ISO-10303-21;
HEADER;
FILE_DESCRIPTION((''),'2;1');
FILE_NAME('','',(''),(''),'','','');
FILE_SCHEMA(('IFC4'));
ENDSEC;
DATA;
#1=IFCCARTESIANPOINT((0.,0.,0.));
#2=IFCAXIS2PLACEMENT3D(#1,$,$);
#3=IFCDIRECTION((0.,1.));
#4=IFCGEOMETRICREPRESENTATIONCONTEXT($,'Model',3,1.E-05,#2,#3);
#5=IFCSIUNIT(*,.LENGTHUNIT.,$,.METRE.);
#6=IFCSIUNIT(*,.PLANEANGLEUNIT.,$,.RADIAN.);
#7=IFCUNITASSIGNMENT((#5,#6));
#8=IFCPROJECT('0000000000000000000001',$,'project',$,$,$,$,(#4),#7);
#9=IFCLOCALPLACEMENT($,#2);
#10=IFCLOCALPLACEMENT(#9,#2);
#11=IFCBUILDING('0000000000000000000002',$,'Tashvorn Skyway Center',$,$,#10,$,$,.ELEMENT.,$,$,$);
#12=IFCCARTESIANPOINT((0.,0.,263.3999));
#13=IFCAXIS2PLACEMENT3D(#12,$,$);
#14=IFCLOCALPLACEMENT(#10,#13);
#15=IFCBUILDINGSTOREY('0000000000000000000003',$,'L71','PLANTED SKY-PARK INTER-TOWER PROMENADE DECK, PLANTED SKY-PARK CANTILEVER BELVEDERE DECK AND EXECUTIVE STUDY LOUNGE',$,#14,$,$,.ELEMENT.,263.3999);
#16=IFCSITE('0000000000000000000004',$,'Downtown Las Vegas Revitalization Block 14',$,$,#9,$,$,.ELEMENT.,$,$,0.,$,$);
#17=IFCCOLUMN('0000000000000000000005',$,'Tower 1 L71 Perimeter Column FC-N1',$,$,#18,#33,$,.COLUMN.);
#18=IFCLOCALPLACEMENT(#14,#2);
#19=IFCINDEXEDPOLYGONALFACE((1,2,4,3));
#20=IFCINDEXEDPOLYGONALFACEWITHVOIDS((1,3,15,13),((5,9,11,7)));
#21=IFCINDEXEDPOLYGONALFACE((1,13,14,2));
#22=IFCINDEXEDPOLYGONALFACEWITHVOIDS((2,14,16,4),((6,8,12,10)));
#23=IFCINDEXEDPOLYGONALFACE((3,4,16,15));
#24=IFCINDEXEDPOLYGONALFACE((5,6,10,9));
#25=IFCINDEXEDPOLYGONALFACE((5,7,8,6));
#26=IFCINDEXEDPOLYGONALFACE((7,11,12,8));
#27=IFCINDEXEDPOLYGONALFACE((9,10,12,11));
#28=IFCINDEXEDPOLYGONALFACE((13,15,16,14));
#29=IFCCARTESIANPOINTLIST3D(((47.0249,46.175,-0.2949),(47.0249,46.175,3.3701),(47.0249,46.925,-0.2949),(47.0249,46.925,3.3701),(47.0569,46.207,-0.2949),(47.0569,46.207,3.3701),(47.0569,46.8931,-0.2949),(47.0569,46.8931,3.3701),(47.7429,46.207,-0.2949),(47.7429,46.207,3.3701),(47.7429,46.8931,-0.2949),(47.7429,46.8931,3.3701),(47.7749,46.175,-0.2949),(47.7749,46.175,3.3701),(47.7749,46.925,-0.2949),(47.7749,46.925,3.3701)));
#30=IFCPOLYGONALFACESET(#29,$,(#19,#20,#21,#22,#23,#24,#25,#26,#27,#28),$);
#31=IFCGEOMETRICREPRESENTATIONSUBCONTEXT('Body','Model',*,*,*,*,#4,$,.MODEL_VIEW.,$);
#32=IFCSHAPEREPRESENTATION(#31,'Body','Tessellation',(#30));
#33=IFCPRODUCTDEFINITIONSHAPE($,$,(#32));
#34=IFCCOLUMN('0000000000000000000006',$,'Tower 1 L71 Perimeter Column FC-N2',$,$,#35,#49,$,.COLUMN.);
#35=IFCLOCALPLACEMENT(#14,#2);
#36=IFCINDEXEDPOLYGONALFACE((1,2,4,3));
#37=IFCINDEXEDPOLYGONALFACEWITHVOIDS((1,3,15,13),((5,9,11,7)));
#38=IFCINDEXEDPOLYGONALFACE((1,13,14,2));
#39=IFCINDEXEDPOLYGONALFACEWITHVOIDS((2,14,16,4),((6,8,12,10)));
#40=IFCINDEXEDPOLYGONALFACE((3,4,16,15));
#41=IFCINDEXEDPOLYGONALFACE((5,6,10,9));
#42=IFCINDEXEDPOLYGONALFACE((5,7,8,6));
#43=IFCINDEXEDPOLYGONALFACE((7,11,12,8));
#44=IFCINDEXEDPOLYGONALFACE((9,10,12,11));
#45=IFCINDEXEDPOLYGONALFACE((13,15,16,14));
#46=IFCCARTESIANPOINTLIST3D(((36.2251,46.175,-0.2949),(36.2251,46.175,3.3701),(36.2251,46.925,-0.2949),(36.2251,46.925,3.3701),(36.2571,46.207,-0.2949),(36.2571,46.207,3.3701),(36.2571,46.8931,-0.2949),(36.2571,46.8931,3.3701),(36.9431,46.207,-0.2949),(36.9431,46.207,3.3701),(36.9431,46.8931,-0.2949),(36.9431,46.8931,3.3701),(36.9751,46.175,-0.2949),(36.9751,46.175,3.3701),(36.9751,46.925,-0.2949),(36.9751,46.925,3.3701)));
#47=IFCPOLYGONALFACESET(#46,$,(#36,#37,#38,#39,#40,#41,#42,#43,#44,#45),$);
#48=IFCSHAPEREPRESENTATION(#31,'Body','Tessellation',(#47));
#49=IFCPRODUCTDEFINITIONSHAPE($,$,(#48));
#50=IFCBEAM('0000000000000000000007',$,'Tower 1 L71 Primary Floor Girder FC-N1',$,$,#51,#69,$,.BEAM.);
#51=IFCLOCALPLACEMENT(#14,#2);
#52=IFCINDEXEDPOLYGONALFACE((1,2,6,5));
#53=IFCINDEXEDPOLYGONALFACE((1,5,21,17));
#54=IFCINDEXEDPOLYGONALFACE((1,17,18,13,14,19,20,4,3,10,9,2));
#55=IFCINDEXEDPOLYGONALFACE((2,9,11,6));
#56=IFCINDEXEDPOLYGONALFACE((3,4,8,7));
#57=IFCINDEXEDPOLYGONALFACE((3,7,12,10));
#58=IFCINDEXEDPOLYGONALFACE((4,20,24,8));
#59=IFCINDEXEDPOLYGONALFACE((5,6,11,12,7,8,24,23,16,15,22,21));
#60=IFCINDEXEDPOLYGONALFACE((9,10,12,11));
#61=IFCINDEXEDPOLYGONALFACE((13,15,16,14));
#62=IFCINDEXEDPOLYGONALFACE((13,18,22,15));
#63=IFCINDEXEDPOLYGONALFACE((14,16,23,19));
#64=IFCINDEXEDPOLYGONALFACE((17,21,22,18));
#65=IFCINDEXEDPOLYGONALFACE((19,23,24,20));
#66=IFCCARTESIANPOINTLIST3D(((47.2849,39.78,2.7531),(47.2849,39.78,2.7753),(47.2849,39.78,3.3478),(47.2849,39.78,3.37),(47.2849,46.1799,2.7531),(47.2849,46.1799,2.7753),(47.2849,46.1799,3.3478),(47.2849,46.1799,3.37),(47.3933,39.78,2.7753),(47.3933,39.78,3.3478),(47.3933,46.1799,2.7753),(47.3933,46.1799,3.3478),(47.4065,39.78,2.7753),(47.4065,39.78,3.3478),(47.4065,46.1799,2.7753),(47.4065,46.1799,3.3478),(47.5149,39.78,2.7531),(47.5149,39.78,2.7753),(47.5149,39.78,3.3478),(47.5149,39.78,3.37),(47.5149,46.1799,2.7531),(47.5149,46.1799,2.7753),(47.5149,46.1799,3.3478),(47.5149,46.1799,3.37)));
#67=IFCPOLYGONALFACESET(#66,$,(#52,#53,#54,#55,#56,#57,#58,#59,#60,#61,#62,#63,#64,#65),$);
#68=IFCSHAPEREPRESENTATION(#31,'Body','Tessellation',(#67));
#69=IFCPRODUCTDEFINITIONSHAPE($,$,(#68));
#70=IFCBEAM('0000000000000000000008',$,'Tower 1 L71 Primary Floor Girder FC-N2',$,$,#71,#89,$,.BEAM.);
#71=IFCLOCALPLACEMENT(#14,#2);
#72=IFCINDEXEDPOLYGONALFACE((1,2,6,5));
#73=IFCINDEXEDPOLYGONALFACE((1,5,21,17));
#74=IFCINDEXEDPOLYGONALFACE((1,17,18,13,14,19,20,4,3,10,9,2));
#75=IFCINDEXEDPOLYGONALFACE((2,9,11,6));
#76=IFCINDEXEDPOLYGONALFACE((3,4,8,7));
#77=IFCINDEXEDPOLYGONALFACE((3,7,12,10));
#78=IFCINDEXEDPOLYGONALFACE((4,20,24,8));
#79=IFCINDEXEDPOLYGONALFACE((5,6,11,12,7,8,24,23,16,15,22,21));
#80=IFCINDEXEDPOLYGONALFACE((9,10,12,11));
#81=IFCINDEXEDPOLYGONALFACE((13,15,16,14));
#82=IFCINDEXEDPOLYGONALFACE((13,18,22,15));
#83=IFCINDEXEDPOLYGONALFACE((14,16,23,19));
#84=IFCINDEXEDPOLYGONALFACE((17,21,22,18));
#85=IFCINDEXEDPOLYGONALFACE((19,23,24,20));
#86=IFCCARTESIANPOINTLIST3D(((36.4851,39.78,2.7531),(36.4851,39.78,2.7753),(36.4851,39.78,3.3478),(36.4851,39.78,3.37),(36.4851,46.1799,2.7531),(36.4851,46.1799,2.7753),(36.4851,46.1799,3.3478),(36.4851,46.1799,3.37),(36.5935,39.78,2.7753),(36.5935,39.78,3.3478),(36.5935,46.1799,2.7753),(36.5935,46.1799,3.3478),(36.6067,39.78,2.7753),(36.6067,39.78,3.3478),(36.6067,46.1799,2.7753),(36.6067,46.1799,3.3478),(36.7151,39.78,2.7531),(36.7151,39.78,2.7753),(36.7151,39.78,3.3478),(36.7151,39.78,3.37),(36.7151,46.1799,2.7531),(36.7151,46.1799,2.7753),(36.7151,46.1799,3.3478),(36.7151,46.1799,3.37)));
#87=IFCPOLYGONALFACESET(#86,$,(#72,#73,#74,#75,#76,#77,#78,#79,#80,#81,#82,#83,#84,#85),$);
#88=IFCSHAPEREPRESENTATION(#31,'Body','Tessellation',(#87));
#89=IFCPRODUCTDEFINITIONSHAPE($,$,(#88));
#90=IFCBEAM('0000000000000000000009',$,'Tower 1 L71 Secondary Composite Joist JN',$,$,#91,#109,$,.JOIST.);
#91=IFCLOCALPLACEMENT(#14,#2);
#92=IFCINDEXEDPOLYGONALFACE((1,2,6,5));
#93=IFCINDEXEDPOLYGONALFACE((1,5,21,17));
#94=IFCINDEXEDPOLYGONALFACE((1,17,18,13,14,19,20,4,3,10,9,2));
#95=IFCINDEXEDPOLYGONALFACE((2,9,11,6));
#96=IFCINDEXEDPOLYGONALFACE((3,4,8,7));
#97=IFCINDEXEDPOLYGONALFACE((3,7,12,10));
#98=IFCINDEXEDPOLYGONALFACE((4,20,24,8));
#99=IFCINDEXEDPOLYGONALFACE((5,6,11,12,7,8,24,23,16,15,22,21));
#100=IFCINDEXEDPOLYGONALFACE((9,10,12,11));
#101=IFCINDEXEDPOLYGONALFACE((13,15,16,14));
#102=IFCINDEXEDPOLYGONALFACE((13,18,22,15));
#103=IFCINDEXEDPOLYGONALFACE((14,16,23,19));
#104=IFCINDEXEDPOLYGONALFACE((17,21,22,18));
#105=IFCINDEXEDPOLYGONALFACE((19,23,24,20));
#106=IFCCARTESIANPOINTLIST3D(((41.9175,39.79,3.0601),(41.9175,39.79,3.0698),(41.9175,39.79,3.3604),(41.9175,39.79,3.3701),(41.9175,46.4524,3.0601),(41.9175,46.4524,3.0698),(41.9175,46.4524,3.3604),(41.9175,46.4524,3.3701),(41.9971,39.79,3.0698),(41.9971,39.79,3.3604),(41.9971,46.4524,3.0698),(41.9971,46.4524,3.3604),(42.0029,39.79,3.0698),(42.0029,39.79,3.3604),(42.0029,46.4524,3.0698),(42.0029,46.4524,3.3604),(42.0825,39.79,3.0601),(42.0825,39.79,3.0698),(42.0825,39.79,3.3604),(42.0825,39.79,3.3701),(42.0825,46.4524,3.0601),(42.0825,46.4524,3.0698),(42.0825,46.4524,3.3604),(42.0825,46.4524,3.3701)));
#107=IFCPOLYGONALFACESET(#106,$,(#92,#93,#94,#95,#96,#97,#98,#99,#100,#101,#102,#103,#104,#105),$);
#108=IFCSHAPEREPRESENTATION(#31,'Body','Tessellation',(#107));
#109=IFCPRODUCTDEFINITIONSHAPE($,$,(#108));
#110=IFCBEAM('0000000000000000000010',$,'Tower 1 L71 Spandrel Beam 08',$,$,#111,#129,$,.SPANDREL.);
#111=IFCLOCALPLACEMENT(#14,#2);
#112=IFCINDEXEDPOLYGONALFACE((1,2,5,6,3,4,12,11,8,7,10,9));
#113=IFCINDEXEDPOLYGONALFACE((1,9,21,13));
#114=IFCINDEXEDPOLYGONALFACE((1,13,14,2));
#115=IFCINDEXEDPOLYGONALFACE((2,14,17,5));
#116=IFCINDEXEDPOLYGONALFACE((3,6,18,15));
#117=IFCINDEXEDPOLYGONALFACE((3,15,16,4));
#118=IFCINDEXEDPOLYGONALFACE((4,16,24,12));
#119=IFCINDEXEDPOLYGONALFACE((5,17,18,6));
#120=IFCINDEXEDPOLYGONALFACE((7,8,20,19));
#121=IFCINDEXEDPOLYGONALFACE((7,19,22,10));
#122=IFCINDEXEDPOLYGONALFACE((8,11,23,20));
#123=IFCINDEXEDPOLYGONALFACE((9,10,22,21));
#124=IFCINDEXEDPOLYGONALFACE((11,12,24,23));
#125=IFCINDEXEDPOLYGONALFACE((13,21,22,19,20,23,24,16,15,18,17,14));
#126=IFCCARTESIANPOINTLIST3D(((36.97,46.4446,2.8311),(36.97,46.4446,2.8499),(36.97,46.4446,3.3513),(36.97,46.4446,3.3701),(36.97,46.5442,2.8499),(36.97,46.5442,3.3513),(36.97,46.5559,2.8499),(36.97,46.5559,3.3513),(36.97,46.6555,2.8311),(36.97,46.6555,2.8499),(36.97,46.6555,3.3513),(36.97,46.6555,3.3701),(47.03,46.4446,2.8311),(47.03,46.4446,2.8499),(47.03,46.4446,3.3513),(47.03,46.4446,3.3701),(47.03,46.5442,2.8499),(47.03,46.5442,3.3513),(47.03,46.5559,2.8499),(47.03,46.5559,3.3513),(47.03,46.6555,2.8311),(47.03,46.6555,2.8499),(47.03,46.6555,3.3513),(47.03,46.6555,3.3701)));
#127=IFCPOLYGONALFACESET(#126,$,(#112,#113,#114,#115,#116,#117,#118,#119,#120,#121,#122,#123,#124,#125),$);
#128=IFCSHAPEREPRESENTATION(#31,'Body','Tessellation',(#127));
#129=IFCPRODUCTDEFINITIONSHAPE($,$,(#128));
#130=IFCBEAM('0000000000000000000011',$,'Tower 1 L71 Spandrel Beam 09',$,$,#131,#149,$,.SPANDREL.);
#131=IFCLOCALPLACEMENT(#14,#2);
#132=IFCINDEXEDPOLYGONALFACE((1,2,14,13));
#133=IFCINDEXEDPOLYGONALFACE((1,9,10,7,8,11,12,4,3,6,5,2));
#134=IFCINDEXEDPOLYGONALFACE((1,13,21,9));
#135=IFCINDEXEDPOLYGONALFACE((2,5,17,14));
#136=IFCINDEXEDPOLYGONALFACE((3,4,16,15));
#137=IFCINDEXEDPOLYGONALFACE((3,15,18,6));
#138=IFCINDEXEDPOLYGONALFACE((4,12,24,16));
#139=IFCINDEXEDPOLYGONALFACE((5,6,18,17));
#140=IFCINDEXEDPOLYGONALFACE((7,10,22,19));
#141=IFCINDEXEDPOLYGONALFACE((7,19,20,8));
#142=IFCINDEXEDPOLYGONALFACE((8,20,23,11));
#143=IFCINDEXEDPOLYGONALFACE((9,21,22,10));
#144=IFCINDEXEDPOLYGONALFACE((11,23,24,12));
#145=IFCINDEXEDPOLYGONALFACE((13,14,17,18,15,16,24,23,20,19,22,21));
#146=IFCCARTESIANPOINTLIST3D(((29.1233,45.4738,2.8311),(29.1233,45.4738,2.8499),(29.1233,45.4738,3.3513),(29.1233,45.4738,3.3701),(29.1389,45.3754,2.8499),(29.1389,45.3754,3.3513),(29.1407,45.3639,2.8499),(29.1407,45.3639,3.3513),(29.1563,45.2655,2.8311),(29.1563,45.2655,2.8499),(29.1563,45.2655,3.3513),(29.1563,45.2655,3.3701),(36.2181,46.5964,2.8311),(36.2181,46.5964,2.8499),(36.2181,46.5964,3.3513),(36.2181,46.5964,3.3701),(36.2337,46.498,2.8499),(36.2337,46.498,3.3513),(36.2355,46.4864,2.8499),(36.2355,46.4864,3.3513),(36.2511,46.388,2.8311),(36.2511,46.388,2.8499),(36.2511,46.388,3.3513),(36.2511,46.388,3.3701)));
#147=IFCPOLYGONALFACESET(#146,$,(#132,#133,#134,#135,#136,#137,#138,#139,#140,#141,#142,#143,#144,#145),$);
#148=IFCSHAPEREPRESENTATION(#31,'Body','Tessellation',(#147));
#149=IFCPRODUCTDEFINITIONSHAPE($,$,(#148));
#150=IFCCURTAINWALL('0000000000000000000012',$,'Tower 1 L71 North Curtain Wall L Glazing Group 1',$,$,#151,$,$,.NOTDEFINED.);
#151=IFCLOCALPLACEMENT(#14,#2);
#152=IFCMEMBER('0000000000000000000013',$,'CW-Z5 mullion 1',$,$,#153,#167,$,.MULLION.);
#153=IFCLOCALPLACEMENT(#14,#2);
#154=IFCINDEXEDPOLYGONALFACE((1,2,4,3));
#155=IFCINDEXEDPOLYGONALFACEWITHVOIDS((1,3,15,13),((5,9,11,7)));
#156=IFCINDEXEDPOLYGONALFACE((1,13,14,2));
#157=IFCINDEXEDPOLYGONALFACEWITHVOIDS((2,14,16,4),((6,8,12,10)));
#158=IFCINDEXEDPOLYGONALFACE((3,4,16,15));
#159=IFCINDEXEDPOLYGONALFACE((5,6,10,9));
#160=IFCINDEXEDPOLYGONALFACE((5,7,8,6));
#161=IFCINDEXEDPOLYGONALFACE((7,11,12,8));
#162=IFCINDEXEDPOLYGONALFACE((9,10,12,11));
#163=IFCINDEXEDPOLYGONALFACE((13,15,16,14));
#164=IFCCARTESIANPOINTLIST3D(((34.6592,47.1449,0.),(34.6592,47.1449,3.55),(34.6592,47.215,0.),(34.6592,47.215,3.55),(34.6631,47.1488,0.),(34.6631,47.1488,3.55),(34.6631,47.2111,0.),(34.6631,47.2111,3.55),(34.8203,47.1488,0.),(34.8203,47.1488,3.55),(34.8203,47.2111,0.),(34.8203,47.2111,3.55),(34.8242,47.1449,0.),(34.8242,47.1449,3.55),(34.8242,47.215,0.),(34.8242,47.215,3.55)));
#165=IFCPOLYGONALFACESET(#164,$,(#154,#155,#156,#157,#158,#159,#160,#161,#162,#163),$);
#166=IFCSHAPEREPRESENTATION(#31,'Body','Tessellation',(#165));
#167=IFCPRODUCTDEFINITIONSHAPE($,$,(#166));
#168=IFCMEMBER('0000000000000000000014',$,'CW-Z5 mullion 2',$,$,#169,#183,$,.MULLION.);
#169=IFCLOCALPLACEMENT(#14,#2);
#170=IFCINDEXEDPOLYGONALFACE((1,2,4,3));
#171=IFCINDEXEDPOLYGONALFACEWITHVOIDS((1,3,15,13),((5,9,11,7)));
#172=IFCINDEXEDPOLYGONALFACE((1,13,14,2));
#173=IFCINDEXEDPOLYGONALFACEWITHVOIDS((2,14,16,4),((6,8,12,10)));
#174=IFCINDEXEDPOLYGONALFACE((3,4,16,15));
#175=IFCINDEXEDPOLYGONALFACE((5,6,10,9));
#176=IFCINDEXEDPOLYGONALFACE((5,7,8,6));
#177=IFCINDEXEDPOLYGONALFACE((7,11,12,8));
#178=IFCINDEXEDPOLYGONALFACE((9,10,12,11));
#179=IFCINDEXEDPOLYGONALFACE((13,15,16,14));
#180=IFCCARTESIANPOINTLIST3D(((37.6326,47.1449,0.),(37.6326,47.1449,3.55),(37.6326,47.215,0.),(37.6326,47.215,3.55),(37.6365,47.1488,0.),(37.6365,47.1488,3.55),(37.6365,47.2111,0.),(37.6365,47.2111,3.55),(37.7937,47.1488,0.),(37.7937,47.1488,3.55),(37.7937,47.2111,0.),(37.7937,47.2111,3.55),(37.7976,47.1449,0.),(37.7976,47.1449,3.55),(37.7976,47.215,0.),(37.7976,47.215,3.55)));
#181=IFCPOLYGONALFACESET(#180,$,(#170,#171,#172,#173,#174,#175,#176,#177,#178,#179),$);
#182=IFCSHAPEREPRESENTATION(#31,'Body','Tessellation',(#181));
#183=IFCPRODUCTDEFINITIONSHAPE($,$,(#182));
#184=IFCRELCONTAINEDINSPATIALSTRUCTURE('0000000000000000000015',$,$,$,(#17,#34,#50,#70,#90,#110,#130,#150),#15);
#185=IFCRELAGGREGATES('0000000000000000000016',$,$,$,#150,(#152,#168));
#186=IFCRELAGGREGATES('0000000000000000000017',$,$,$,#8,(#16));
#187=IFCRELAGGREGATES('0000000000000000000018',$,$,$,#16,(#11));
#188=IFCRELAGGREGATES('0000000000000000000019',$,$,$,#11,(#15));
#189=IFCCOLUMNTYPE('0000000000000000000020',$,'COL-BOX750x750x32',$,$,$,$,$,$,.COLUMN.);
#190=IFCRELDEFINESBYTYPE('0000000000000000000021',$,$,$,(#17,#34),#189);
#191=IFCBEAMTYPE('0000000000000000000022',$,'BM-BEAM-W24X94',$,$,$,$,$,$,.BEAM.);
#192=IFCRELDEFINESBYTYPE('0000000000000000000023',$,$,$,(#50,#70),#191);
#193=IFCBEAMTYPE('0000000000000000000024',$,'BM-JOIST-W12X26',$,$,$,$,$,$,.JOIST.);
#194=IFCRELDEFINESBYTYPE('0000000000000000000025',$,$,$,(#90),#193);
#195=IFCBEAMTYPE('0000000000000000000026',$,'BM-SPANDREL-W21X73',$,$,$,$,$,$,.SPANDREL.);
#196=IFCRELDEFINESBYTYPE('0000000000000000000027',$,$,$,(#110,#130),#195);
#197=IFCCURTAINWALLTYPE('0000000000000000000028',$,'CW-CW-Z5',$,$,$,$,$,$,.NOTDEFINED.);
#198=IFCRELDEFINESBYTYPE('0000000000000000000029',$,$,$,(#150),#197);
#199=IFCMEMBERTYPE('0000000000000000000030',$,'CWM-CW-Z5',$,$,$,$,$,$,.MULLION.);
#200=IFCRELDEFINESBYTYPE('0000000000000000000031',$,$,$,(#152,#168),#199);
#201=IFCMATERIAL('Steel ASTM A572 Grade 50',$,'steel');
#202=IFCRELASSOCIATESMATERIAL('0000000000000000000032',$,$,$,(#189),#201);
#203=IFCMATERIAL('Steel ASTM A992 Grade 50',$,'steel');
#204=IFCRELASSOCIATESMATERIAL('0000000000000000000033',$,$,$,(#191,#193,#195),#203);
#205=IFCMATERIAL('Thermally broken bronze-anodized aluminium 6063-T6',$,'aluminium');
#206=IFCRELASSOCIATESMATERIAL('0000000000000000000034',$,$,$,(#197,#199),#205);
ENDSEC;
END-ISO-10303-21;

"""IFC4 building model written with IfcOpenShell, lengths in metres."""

from ifc_helpers import new_model, si_unit, direction, frame, origin, origin_2d, place, context, subcontext, project, spatial, hollow_rectangle, i_section, extrude, material, material_profile, profile_set, type_object, element, aggregate, save


model = new_model("IFC4")

# Units and contexts
model_context = context("Model", 3, precision=1e-05, world=origin(), true_north=direction((0.0, 1.0)))
body_context = subcontext(model_context, "Body", "Model", "MODEL_VIEW")
ifc_project = project(units=[si_unit("LENGTHUNIT", "METRE"), si_unit("PLANEANGLEUNIT", "RADIAN")], contexts=[model_context])

# Site, building, storey
site_placement = place(None, origin())
site = spatial("IfcSite", under=ifc_project, at=site_placement, Name="Downtown Las Vegas Revitalization Block 14", CompositionType="ELEMENT", RefElevation=0.0)
building_placement = place(site_placement, origin())
building = spatial("IfcBuilding", under=site, at=building_placement, Name="Tashvorn Skyway Center", CompositionType="ELEMENT")
storey_placement = place(building_placement, frame((0.0, 0.0, 263.3999)))
storey = spatial("IfcBuildingStorey", under=building, at=storey_placement, Name="L71", Description="PLANTED SKY-PARK INTER-TOWER PROMENADE DECK, PLANTED SKY-PARK CANTILEVER BELVEDERE DECK AND EXECUTIVE STUDY LOUNGE", CompositionType="ELEMENT", Elevation=263.3999)

# Columns
ifc_material_1 = material(Name="Steel ASTM A572 Grade 50", Category="steel")
ifc_material_profile_1 = material_profile(ifc_material_1, hollow_rectangle(XDim=0.75, YDim=0.75, WallThickness=0.032, at=origin_2d()), Name="BOX750x750x32")
ifc_profile_set_1 = profile_set([ifc_material_profile_1], Name="Steel ASTM A572 Grade 50")
column_type = type_object("IfcColumnType", Name="COL-BOX750x750x32", PredefinedType="COLUMN", material=ifc_profile_set_1)
for number, where, z_axis, x_axis, name in (
    (1, (47.3999, 46.55, -0.2949), (0.0, 0.0, 1.0), (1.0, 0.0, 0.0), "Tower 1 L71 Perimeter Column FC-N1"),
    (2, (36.6001, 46.55, -0.2949), (0.0, 0.0, 1.0), (1.0, 0.0, 0.0), "Tower 1 L71 Perimeter Column FC-N2"),
):
    element("IfcColumn", number, at=place(storey_placement, frame(where, z_axis=z_axis, x_axis=x_axis)), inside=storey, type_object=column_type, Name=name, PredefinedType="COLUMN", context=body_context, shape_type="SweptSolid", body=[
        extrude(hollow_rectangle(XDim=0.75, YDim=0.75, WallThickness=0.032, at=origin_2d()), origin(), (0.0, 0.0, 1.0), 3.665),
    ])

# Beams
ifc_material_2 = material(Name="Steel ASTM A992 Grade 50", Category="steel")
ifc_material_profile_2 = material_profile(ifc_material_2, i_section(OverallWidth=0.23, OverallDepth=0.6169, WebThickness=0.0132, FlangeThickness=0.0222, at=origin_2d()), Name="W24X94")
ifc_profile_set_2 = profile_set([ifc_material_profile_2], Name="Steel ASTM A992 Grade 50")
beam_type_1 = type_object("IfcBeamType", Name="BM-BEAM-W24X94", PredefinedType="BEAM", material=ifc_profile_set_2)
for number, where, z_axis, x_axis, name in (
    (3, (47.3999, 46.1799, 3.0615), (0.0, -1.0, 0.0), (1.0, 0.0, 0.0), "Tower 1 L71 Primary Floor Girder FC-N1"),
    (4, (36.6001, 46.1799, 3.0615), (0.0, -1.0, 0.0), (1.0, 0.0, 0.0), "Tower 1 L71 Primary Floor Girder FC-N2"),
):
    element("IfcBeam", number, at=place(storey_placement, frame(where, z_axis=z_axis, x_axis=x_axis)), inside=storey, type_object=beam_type_1, Name=name, PredefinedType="BEAM", context=body_context, shape_type="SweptSolid", body=[
        extrude(i_section(OverallWidth=0.23, OverallDepth=0.6169, WebThickness=0.0132, FlangeThickness=0.0222, at=origin_2d()), origin(), (0.0, 0.0, 1.0), 6.3999),
    ])
ifc_material_profile_3 = material_profile(ifc_material_2, i_section(OverallWidth=0.165, OverallDepth=0.3101, WebThickness=0.0059, FlangeThickness=0.0098, at=origin_2d()), Name="W12X26")
ifc_profile_set_3 = profile_set([ifc_material_profile_3], Name="Steel ASTM A992 Grade 50")
beam_type_2 = type_object("IfcBeamType", Name="BM-JOIST-W12X26", PredefinedType="JOIST", material=ifc_profile_set_3)
beam_1_placement = place(storey_placement, frame((42.0, 39.79, 3.2151), z_axis=(0.0, 1.0, 0.0), x_axis=(-1.0, 0.0, 0.0)))
element("IfcBeam", 5, at=beam_1_placement, inside=storey, type_object=beam_type_2, Name="Tower 1 L71 Secondary Composite Joist JN", PredefinedType="JOIST", context=body_context, shape_type="SweptSolid", body=[
    extrude(i_section(OverallWidth=0.165, OverallDepth=0.3101, WebThickness=0.0059, FlangeThickness=0.0098, at=origin_2d()), origin(), (0.0, 0.0, 1.0), 6.6624),
])
ifc_material_profile_4 = material_profile(ifc_material_2, i_section(OverallWidth=0.2109, OverallDepth=0.5391, WebThickness=0.0117, FlangeThickness=0.0188, at=origin_2d()), Name="W21X73")
ifc_profile_set_4 = profile_set([ifc_material_profile_4], Name="Steel ASTM A992 Grade 50")
beam_type_3 = type_object("IfcBeamType", Name="BM-SPANDREL-W21X73", PredefinedType="SPANDREL", material=ifc_profile_set_4)
beam_2_placement = place(storey_placement, frame((47.03, 46.55, 3.1006), z_axis=(-1.0, 0.0, 0.0), x_axis=(0.0, -1.0, 0.0)))
element("IfcBeam", 6, at=beam_2_placement, inside=storey, type_object=beam_type_3, Name="Tower 1 L71 Spandrel Beam 08", PredefinedType="SPANDREL", context=body_context, shape_type="SweptSolid", body=[
    extrude(i_section(OverallWidth=0.2109, OverallDepth=0.5391, WebThickness=0.0117, FlangeThickness=0.0188, at=origin_2d()), origin(), (0.0, 0.0, 1.0), 10.0601),
])
beam_3_placement = place(storey_placement, frame((36.2346, 46.4922, 3.1006), z_axis=(-0.987714, -0.156275, 0.0), x_axis=(0.156275, -0.987714, 0.0)))
element("IfcBeam", 7, at=beam_3_placement, inside=storey, type_object=beam_type_3, Name="Tower 1 L71 Spandrel Beam 09", PredefinedType="SPANDREL", context=body_context, shape_type="SweptSolid", body=[
    extrude(i_section(OverallWidth=0.2109, OverallDepth=0.5391, WebThickness=0.0117, FlangeThickness=0.0188, at=origin_2d()), origin(), (0.0, 0.0, 1.0), 7.1831),
])

# Curtain wall, members
ifc_material_3 = material(Name="Thermally broken bronze-anodized aluminium 6063-T6", Category="aluminium")
curtain_wall_type = type_object("IfcCurtainWallType", Name="CW-CW-Z5", PredefinedType="NOTDEFINED", material=ifc_material_3)
curtain_wall_1_placement = place(storey_placement, origin())
curtain_wall_1 = element("IfcCurtainWall", 8, at=curtain_wall_1_placement, inside=storey, type_object=curtain_wall_type, Name="Tower 1 L71 North Curtain Wall L Glazing Group 1", PredefinedType="NOTDEFINED")
ifc_material_profile_5 = material_profile(ifc_material_3, hollow_rectangle(XDim=0.0701, YDim=0.165, WallThickness=0.0039, at=origin_2d()), Name="ALU-MULL-70x165")
ifc_profile_set_5 = profile_set([ifc_material_profile_5], Name="Thermally broken bronze-anodized aluminium 6063-T6")
member_type_1 = type_object("IfcMemberType", Name="CWM-CW-Z5", PredefinedType="MULLION", material=ifc_profile_set_5)
member_1_placement = place(storey_placement, frame((34.7417, 47.1799, 0.0), z_axis=(0.0, 0.0, 1.0), x_axis=(0.0, 1.0, 0.0)))
member_1 = element("IfcMember", 9, at=member_1_placement, type_object=member_type_1, Name="CW-Z5 mullion 1", PredefinedType="MULLION", context=body_context, shape_type="SweptSolid", body=[
    extrude(hollow_rectangle(XDim=0.0701, YDim=0.165, WallThickness=0.0039, at=origin_2d()), origin(), (0.0, 0.0, 1.0), 3.55),
])
member_2_placement = place(storey_placement, frame((37.7151, 47.1799, 0.0), z_axis=(0.0, 0.0, 1.0), x_axis=(0.0, 1.0, 0.0)))
member_2 = element("IfcMember", 10, at=member_2_placement, type_object=member_type_1, Name="CW-Z5 mullion 2", PredefinedType="MULLION", context=body_context, shape_type="SweptSolid", body=[
    extrude(hollow_rectangle(XDim=0.0701, YDim=0.165, WallThickness=0.0039, at=origin_2d()), origin(), (0.0, 0.0, 1.0), 3.55),
])

aggregate(curtain_wall_1, [member_1, member_2])

save(model, "model.ifc")
